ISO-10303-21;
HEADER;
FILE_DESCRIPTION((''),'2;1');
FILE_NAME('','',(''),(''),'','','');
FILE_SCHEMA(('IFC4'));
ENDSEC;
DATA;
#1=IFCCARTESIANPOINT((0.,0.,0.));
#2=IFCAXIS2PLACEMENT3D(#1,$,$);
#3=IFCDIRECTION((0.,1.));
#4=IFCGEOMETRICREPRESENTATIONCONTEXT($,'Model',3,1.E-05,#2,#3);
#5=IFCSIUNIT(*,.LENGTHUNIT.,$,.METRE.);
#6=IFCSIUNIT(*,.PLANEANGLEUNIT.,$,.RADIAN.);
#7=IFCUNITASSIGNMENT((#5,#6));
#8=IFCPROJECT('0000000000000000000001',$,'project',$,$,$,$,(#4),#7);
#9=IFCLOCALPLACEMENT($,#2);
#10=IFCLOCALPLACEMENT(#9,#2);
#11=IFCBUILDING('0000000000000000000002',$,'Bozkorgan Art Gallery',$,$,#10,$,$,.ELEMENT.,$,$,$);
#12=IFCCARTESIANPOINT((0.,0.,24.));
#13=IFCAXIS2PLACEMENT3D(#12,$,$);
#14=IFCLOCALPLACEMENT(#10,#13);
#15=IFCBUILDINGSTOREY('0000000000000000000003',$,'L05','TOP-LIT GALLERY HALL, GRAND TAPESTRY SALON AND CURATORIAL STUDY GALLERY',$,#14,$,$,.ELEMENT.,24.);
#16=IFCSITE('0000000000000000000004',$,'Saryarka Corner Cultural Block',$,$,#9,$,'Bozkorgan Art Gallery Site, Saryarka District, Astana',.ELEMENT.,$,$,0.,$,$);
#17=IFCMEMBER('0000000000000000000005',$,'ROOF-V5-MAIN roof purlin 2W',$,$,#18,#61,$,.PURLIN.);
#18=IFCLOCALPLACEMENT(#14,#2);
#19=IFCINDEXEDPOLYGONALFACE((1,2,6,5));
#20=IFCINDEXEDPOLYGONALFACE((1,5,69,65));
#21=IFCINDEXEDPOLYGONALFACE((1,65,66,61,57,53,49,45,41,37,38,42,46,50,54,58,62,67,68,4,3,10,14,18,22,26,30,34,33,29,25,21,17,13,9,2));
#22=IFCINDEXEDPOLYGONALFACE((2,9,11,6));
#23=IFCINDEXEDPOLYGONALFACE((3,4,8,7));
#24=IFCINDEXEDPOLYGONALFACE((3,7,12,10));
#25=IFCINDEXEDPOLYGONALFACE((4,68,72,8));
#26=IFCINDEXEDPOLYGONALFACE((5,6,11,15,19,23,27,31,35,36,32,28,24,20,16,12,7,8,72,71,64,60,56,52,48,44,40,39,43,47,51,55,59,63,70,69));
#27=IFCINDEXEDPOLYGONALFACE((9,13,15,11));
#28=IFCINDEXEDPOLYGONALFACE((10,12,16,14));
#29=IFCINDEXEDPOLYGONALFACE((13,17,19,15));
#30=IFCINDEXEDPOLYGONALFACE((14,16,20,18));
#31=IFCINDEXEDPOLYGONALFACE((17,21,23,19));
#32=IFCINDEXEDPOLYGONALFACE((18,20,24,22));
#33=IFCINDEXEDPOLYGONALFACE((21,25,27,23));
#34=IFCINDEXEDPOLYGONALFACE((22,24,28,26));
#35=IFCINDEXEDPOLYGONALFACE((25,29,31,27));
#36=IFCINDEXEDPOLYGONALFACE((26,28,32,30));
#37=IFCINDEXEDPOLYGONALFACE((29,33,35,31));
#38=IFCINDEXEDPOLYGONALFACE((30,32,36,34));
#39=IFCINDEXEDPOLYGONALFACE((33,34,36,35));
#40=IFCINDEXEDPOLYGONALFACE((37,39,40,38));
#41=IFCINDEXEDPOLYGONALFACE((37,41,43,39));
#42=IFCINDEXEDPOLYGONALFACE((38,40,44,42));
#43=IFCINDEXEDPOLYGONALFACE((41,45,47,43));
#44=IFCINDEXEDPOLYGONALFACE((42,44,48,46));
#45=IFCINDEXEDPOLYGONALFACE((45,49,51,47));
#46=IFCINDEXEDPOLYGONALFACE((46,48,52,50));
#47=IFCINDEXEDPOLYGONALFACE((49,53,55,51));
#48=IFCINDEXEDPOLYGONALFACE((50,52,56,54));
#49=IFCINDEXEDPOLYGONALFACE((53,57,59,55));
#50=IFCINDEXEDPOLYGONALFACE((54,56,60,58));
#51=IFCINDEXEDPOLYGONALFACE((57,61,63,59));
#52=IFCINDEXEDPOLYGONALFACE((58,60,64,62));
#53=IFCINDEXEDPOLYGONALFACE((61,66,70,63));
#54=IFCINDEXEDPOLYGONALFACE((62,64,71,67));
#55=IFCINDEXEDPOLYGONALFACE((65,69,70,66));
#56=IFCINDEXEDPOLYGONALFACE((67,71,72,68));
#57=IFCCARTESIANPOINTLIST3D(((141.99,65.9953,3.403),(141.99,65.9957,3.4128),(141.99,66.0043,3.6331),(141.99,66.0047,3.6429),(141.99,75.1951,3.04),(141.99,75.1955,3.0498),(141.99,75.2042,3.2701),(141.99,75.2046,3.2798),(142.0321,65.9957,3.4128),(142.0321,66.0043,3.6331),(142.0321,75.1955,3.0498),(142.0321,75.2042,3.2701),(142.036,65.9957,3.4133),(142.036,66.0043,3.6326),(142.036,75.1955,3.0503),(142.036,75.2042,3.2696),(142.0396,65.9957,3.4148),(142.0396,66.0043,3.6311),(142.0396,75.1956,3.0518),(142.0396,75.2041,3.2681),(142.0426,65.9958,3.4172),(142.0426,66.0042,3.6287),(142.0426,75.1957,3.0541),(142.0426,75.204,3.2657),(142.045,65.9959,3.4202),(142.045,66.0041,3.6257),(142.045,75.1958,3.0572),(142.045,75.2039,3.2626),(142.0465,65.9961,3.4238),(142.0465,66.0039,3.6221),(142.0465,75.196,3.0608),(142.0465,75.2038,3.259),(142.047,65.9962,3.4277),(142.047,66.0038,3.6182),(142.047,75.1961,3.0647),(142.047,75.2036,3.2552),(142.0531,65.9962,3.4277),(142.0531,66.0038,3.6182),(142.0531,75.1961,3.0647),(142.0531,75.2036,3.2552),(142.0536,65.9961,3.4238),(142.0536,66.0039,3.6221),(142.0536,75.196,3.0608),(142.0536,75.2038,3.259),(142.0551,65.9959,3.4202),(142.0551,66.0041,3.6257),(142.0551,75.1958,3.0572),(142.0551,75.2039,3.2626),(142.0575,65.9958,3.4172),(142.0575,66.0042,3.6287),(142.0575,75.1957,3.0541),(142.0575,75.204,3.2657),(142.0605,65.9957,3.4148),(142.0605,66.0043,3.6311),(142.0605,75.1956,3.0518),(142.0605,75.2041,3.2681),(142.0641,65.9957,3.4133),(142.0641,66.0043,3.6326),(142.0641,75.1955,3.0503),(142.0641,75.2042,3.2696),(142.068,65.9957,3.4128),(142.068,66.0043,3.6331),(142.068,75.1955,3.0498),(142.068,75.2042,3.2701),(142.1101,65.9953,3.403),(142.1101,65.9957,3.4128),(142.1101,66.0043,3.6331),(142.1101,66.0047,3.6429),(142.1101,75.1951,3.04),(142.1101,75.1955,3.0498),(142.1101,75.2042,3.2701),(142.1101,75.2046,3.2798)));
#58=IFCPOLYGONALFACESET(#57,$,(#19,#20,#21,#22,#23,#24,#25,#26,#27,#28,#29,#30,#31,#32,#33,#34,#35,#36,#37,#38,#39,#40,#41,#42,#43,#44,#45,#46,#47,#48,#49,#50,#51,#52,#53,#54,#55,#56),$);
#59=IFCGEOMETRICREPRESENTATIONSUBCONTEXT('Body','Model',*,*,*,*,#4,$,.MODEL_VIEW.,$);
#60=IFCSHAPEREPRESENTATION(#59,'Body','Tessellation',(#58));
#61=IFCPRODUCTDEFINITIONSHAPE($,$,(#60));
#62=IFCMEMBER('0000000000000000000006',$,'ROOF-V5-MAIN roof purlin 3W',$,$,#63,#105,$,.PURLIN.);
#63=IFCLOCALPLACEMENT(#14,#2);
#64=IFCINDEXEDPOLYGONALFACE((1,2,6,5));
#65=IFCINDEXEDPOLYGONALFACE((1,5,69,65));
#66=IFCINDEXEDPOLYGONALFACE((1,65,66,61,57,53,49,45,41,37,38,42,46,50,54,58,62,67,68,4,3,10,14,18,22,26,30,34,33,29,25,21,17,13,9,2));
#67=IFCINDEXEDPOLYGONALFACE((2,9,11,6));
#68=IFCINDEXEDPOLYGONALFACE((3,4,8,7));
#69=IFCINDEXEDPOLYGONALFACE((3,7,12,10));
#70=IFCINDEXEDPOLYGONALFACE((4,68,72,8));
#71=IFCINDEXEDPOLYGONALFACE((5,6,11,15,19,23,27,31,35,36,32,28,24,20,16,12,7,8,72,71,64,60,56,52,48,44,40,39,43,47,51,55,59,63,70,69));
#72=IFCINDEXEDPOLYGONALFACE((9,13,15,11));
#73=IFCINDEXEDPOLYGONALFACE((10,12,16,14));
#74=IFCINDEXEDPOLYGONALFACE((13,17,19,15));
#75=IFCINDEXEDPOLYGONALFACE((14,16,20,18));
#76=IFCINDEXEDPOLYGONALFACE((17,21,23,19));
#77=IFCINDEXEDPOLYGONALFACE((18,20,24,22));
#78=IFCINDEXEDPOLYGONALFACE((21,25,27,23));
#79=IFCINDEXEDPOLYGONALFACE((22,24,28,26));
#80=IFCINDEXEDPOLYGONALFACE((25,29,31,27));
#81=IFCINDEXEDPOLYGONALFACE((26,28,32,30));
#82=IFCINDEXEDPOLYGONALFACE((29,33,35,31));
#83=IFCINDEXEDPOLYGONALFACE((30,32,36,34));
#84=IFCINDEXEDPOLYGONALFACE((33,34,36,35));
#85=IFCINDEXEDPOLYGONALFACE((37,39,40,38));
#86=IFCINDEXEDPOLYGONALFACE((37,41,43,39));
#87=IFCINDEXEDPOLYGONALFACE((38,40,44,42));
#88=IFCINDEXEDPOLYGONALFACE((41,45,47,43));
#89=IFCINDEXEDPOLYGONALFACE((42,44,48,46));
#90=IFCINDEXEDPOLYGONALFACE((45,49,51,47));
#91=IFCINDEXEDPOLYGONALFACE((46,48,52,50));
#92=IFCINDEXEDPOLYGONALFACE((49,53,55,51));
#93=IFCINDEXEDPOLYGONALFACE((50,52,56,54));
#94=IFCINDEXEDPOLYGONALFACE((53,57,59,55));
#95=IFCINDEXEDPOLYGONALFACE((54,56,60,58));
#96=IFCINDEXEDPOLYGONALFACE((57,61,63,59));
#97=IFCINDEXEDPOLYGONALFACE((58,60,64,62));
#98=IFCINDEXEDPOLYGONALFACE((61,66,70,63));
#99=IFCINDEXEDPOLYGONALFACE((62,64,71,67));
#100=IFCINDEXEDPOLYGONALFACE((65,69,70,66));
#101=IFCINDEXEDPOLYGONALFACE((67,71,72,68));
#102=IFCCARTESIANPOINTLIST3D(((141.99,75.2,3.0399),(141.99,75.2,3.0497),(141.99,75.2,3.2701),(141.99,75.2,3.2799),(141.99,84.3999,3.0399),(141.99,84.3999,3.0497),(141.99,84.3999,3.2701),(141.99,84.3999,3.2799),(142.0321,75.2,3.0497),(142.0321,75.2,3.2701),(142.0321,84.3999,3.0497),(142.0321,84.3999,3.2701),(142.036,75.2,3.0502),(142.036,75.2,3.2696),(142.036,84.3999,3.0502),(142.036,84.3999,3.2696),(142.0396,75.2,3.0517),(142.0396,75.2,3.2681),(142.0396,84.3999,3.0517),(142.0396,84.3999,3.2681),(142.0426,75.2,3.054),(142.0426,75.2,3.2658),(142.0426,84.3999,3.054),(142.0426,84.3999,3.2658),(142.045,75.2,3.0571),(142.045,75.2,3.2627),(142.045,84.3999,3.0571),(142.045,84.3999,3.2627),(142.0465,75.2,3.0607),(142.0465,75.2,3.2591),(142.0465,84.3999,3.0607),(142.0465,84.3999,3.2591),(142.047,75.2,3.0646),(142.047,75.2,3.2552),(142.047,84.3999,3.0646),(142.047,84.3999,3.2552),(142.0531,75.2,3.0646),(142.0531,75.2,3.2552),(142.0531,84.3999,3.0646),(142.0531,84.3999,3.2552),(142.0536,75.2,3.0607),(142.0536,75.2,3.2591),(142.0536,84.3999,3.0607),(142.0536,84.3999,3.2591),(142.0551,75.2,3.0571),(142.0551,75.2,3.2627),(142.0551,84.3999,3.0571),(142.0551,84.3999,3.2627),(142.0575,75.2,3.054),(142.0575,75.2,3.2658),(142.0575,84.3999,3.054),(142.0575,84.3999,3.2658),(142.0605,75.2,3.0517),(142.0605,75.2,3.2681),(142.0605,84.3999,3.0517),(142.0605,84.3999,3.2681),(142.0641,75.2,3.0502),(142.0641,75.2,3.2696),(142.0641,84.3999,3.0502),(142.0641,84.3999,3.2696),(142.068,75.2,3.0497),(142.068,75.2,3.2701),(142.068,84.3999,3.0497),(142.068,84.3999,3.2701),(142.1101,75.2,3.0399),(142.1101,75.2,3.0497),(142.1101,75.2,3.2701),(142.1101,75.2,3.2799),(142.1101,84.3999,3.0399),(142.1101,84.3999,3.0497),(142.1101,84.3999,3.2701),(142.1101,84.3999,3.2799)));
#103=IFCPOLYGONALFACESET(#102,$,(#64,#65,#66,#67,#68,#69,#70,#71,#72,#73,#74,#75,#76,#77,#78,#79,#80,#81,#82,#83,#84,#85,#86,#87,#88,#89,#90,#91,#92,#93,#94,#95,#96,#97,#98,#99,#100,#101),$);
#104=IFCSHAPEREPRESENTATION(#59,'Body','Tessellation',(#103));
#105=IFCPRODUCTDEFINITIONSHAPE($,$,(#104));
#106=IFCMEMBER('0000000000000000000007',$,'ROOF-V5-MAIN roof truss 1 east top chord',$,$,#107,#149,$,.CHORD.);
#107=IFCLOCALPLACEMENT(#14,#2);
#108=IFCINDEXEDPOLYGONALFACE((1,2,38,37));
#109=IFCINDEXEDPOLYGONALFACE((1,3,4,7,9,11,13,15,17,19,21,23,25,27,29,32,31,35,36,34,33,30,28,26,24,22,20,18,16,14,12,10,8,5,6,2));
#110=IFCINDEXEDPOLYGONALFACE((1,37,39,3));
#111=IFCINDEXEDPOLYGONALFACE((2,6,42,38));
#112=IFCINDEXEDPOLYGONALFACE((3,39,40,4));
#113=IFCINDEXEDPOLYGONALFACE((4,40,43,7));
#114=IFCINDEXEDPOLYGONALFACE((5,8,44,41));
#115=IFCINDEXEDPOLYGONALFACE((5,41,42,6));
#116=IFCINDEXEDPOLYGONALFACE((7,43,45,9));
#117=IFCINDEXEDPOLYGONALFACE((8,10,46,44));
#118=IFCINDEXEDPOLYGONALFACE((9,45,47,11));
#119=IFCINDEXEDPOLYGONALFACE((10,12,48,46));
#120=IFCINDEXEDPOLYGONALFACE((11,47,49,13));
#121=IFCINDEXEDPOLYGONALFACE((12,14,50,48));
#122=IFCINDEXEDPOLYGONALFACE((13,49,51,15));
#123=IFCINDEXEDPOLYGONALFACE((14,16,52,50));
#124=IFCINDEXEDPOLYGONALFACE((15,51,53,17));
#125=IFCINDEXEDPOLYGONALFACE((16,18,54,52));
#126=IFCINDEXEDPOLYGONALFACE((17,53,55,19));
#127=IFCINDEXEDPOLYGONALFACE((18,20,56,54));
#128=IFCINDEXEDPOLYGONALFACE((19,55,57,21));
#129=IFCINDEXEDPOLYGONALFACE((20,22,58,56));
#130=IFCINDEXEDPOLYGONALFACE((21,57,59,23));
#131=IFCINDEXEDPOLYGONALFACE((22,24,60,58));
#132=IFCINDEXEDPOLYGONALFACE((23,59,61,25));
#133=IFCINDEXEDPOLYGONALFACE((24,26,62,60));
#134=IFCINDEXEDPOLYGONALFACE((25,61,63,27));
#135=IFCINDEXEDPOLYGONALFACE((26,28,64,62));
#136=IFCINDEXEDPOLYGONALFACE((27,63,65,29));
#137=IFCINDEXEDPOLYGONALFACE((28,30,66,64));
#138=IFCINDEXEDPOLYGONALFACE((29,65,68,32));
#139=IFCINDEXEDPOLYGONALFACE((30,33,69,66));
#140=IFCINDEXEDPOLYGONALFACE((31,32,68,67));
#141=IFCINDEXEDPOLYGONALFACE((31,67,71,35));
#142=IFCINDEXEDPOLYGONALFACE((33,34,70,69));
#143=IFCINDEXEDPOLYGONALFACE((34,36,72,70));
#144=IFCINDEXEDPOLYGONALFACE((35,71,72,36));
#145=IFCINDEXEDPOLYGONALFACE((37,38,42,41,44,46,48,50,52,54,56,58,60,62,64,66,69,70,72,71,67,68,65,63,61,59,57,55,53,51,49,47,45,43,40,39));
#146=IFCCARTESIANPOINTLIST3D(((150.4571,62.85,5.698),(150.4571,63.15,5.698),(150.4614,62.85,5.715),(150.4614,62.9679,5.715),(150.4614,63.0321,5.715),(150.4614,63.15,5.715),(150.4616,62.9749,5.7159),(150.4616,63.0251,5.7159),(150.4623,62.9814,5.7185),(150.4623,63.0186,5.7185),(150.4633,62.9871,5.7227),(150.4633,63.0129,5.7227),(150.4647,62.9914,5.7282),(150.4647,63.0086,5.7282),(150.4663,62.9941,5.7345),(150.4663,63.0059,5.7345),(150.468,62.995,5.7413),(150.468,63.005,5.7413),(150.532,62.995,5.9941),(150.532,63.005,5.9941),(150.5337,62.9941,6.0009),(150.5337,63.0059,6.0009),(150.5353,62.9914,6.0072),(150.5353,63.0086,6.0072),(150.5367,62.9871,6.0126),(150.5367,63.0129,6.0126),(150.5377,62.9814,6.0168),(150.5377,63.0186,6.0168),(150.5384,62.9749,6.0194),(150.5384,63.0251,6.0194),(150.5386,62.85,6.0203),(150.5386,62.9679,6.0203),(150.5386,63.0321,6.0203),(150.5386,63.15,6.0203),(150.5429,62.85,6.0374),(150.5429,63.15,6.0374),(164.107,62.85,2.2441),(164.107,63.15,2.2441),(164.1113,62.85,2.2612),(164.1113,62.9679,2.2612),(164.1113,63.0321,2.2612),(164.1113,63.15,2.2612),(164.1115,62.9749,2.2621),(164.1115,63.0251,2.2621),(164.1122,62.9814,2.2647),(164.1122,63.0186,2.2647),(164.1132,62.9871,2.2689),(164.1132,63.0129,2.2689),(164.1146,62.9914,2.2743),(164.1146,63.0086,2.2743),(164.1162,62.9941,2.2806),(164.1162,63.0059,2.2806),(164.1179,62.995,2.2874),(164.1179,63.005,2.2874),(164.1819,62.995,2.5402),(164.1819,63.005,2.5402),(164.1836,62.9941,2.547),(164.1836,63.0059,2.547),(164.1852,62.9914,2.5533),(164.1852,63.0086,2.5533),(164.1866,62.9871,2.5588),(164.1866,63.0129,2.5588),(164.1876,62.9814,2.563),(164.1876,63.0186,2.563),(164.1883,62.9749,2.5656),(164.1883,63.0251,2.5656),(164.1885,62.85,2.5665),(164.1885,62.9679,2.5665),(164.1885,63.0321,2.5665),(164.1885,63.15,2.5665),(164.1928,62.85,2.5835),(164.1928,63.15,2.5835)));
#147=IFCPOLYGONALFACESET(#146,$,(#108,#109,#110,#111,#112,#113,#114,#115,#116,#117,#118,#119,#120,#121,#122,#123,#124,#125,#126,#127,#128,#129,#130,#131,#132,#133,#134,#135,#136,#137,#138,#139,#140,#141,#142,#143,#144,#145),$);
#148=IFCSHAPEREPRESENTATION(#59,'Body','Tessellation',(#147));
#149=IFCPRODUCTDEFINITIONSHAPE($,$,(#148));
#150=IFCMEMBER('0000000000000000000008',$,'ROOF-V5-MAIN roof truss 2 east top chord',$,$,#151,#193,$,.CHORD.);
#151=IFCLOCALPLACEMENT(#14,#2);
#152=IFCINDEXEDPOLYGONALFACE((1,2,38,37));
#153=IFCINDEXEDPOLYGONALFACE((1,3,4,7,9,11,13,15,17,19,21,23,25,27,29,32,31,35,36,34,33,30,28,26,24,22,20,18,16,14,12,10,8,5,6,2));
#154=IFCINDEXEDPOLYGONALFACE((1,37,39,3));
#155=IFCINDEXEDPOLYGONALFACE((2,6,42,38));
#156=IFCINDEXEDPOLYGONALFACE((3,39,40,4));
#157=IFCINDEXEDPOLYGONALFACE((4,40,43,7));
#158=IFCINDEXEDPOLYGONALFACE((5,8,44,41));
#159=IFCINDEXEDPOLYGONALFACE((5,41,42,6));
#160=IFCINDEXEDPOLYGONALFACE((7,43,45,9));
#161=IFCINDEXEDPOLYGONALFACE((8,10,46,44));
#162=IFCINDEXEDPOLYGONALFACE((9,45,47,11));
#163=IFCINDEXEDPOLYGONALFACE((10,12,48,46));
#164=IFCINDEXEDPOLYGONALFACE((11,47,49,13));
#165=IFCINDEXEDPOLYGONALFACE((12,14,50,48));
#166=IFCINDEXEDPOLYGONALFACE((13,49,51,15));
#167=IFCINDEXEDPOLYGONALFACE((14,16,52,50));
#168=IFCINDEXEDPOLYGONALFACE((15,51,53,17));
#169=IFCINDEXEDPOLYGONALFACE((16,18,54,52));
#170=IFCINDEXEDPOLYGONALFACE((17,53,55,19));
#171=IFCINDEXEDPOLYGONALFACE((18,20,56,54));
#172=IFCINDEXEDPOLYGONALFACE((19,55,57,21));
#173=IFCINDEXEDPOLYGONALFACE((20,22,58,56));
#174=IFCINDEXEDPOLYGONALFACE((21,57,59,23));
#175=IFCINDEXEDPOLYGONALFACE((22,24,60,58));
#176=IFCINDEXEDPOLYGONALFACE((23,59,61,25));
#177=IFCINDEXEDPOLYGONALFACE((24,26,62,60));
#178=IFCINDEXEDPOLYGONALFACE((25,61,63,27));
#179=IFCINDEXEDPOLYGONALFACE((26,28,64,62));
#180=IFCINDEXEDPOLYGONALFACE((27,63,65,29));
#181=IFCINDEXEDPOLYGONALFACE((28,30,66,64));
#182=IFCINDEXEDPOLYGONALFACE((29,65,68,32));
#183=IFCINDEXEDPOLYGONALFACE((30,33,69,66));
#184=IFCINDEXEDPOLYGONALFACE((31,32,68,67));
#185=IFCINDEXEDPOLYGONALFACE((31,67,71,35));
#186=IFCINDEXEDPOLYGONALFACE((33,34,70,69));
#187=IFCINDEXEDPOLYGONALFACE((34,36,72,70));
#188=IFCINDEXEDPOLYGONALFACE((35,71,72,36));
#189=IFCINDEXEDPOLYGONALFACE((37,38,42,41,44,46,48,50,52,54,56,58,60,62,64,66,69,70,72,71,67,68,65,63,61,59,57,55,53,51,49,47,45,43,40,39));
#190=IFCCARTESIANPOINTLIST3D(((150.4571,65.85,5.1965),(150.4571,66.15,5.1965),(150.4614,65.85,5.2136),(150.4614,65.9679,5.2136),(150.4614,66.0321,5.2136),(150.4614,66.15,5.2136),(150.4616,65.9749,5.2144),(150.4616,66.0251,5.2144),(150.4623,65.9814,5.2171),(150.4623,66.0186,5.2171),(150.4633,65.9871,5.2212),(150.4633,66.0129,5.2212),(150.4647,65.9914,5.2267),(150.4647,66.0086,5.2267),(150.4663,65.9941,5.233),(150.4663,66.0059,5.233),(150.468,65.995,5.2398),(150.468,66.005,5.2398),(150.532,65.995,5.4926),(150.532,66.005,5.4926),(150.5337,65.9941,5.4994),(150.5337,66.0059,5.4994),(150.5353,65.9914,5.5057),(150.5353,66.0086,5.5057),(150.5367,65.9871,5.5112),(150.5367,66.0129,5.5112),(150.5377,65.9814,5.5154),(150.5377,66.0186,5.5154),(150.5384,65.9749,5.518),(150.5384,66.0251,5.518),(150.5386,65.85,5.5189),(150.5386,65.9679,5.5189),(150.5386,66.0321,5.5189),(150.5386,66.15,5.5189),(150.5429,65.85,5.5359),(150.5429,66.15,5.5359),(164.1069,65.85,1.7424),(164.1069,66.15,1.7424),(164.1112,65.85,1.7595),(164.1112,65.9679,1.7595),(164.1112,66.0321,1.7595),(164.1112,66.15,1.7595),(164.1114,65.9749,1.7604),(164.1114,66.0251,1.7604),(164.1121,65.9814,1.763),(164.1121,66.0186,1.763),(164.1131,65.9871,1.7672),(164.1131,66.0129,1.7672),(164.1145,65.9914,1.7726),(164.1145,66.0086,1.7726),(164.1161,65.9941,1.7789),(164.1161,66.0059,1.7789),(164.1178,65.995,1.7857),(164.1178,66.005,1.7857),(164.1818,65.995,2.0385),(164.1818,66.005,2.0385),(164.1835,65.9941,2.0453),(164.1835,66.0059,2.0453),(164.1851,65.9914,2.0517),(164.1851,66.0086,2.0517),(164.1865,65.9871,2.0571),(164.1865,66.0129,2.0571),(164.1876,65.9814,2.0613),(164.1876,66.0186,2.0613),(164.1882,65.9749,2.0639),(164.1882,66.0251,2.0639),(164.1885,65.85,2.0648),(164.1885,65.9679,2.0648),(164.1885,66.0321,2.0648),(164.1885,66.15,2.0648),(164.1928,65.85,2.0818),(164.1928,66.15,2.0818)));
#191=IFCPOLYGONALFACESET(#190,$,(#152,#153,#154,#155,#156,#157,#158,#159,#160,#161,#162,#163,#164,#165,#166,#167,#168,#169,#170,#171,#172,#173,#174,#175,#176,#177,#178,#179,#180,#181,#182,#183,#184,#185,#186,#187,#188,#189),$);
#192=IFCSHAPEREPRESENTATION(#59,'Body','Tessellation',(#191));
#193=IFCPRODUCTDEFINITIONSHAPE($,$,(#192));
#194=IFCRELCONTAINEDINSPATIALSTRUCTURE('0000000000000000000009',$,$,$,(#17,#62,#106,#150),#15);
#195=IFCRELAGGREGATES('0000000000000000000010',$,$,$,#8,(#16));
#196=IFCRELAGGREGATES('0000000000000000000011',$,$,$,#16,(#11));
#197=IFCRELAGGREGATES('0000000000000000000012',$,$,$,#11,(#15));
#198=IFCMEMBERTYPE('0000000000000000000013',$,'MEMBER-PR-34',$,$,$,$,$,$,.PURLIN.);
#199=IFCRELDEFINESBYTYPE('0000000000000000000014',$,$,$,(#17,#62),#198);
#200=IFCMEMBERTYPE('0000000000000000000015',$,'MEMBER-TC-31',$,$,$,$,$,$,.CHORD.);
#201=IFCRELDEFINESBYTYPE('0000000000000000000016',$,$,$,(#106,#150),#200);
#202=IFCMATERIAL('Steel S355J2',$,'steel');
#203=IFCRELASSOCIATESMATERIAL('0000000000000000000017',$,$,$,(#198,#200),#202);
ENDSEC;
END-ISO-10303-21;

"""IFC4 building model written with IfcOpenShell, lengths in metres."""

from ifc_helpers import new_model, si_unit, direction, frame, origin, origin_2d, place, context, subcontext, project, spatial, i_section, extrude, material, material_profile, profile_set, type_object, element, save


model = new_model("IFC4")

# Units and contexts
model_context = context("Model", 3, precision=1e-05, world=origin(), true_north=direction((0.0, 1.0)))
body_context = subcontext(model_context, "Body", "Model", "MODEL_VIEW")
ifc_project = project(units=[si_unit("LENGTHUNIT", "METRE"), si_unit("PLANEANGLEUNIT", "RADIAN")], contexts=[model_context])

# Site, building, storey
site_placement = place(None, origin())
site = spatial("IfcSite", under=ifc_project, at=site_placement, Name="Saryarka Corner Cultural Block", LongName="Bozkorgan Art Gallery Site, Saryarka District, Astana", CompositionType="ELEMENT", RefElevation=0.0)
building_placement = place(site_placement, origin())
building = spatial("IfcBuilding", under=site, at=building_placement, Name="Bozkorgan Art Gallery", CompositionType="ELEMENT")
storey_placement = place(building_placement, frame((0.0, 0.0, 24.0)))
storey = spatial("IfcBuildingStorey", under=building, at=storey_placement, Name="L05", Description="TOP-LIT GALLERY HALL, GRAND TAPESTRY SALON AND CURATORIAL STUDY GALLERY", CompositionType="ELEMENT", Elevation=24.0)

# Shared definitions
ifc_material = material(Name="Steel S355J2", Category="steel")

# Members
ifc_material_profile_1 = material_profile(ifc_material, i_section(OverallWidth=0.1201, OverallDepth=0.24, WebThickness=0.0061, FlangeThickness=0.0098, FilletRadius=0.0149, at=origin_2d()), Name="IPE 240")
ifc_profile_set_1 = profile_set([ifc_material_profile_1], Name="Steel S355J2")
member_type_1 = type_object("IfcMemberType", Name="MEMBER-PR-34", PredefinedType="PURLIN", material=ifc_profile_set_1)
member_1_placement = place(storey_placement, frame((142.05, 66.0, 3.5229), z_axis=(0.0, 0.999222, -0.03943), x_axis=(-1.0, 0.0, 0.0)))
element("IfcMember", 1, at=member_1_placement, inside=storey, type_object=member_type_1, Name="ROOF-V5-MAIN roof purlin 2W", PredefinedType="PURLIN", context=body_context, shape_type="SweptSolid", body=[
    extrude(i_section(OverallWidth=0.1201, OverallDepth=0.24, WebThickness=0.0061, FlangeThickness=0.0098, FilletRadius=0.0149, at=origin_2d()), origin(), (0.0, 0.0, 1.0), 9.207),
])
member_2_placement = place(storey_placement, frame((142.05, 75.2, 3.1599), z_axis=(0.0, 1.0, 0.0), x_axis=(-1.0, 0.0, 0.0)))
element("IfcMember", 2, at=member_2_placement, inside=storey, type_object=member_type_1, Name="ROOF-V5-MAIN roof purlin 3W", PredefinedType="PURLIN", context=body_context, shape_type="SweptSolid", body=[
    extrude(i_section(OverallWidth=0.1201, OverallDepth=0.24, WebThickness=0.0061, FlangeThickness=0.0098, FilletRadius=0.0149, at=origin_2d()), origin(), (0.0, 0.0, 1.0), 9.2),
])
ifc_material_profile_2 = material_profile(ifc_material, i_section(OverallWidth=0.3, OverallDepth=0.3501, WebThickness=0.01, FlangeThickness=0.0176, FilletRadius=0.0271, at=origin_2d()), Name="HEA 360")
ifc_profile_set_2 = profile_set([ifc_material_profile_2], Name="Steel S355J2")
member_type_2 = type_object("IfcMemberType", Name="MEMBER-TC-31", PredefinedType="CHORD", material=ifc_profile_set_2)
for number, where, z_axis, x_axis, name in (
    (3, (150.5, 63.0, 5.8677), (0.969447, 0.0, -0.245301), (0.0, 1.0, 0.0), "ROOF-V5-MAIN roof truss 1 east top chord"),
    (4, (150.5, 66.0, 5.3662), (0.969443, 0.0, -0.245317), (0.0, 1.0, 0.0), "ROOF-V5-MAIN roof truss 2 east top chord"),
):
    element("IfcMember", number, at=place(storey_placement, frame(where, z_axis=z_axis, x_axis=x_axis)), inside=storey, type_object=member_type_2, Name=name, PredefinedType="CHORD", context=body_context, shape_type="SweptSolid", body=[
        extrude(i_section(OverallWidth=0.3, OverallDepth=0.3501, WebThickness=0.01, FlangeThickness=0.0176, FilletRadius=0.0271, at=origin_2d()), origin(), (0.0, 0.0, 1.0), 14.0801),
    ])

save(model, "model.ifc")
